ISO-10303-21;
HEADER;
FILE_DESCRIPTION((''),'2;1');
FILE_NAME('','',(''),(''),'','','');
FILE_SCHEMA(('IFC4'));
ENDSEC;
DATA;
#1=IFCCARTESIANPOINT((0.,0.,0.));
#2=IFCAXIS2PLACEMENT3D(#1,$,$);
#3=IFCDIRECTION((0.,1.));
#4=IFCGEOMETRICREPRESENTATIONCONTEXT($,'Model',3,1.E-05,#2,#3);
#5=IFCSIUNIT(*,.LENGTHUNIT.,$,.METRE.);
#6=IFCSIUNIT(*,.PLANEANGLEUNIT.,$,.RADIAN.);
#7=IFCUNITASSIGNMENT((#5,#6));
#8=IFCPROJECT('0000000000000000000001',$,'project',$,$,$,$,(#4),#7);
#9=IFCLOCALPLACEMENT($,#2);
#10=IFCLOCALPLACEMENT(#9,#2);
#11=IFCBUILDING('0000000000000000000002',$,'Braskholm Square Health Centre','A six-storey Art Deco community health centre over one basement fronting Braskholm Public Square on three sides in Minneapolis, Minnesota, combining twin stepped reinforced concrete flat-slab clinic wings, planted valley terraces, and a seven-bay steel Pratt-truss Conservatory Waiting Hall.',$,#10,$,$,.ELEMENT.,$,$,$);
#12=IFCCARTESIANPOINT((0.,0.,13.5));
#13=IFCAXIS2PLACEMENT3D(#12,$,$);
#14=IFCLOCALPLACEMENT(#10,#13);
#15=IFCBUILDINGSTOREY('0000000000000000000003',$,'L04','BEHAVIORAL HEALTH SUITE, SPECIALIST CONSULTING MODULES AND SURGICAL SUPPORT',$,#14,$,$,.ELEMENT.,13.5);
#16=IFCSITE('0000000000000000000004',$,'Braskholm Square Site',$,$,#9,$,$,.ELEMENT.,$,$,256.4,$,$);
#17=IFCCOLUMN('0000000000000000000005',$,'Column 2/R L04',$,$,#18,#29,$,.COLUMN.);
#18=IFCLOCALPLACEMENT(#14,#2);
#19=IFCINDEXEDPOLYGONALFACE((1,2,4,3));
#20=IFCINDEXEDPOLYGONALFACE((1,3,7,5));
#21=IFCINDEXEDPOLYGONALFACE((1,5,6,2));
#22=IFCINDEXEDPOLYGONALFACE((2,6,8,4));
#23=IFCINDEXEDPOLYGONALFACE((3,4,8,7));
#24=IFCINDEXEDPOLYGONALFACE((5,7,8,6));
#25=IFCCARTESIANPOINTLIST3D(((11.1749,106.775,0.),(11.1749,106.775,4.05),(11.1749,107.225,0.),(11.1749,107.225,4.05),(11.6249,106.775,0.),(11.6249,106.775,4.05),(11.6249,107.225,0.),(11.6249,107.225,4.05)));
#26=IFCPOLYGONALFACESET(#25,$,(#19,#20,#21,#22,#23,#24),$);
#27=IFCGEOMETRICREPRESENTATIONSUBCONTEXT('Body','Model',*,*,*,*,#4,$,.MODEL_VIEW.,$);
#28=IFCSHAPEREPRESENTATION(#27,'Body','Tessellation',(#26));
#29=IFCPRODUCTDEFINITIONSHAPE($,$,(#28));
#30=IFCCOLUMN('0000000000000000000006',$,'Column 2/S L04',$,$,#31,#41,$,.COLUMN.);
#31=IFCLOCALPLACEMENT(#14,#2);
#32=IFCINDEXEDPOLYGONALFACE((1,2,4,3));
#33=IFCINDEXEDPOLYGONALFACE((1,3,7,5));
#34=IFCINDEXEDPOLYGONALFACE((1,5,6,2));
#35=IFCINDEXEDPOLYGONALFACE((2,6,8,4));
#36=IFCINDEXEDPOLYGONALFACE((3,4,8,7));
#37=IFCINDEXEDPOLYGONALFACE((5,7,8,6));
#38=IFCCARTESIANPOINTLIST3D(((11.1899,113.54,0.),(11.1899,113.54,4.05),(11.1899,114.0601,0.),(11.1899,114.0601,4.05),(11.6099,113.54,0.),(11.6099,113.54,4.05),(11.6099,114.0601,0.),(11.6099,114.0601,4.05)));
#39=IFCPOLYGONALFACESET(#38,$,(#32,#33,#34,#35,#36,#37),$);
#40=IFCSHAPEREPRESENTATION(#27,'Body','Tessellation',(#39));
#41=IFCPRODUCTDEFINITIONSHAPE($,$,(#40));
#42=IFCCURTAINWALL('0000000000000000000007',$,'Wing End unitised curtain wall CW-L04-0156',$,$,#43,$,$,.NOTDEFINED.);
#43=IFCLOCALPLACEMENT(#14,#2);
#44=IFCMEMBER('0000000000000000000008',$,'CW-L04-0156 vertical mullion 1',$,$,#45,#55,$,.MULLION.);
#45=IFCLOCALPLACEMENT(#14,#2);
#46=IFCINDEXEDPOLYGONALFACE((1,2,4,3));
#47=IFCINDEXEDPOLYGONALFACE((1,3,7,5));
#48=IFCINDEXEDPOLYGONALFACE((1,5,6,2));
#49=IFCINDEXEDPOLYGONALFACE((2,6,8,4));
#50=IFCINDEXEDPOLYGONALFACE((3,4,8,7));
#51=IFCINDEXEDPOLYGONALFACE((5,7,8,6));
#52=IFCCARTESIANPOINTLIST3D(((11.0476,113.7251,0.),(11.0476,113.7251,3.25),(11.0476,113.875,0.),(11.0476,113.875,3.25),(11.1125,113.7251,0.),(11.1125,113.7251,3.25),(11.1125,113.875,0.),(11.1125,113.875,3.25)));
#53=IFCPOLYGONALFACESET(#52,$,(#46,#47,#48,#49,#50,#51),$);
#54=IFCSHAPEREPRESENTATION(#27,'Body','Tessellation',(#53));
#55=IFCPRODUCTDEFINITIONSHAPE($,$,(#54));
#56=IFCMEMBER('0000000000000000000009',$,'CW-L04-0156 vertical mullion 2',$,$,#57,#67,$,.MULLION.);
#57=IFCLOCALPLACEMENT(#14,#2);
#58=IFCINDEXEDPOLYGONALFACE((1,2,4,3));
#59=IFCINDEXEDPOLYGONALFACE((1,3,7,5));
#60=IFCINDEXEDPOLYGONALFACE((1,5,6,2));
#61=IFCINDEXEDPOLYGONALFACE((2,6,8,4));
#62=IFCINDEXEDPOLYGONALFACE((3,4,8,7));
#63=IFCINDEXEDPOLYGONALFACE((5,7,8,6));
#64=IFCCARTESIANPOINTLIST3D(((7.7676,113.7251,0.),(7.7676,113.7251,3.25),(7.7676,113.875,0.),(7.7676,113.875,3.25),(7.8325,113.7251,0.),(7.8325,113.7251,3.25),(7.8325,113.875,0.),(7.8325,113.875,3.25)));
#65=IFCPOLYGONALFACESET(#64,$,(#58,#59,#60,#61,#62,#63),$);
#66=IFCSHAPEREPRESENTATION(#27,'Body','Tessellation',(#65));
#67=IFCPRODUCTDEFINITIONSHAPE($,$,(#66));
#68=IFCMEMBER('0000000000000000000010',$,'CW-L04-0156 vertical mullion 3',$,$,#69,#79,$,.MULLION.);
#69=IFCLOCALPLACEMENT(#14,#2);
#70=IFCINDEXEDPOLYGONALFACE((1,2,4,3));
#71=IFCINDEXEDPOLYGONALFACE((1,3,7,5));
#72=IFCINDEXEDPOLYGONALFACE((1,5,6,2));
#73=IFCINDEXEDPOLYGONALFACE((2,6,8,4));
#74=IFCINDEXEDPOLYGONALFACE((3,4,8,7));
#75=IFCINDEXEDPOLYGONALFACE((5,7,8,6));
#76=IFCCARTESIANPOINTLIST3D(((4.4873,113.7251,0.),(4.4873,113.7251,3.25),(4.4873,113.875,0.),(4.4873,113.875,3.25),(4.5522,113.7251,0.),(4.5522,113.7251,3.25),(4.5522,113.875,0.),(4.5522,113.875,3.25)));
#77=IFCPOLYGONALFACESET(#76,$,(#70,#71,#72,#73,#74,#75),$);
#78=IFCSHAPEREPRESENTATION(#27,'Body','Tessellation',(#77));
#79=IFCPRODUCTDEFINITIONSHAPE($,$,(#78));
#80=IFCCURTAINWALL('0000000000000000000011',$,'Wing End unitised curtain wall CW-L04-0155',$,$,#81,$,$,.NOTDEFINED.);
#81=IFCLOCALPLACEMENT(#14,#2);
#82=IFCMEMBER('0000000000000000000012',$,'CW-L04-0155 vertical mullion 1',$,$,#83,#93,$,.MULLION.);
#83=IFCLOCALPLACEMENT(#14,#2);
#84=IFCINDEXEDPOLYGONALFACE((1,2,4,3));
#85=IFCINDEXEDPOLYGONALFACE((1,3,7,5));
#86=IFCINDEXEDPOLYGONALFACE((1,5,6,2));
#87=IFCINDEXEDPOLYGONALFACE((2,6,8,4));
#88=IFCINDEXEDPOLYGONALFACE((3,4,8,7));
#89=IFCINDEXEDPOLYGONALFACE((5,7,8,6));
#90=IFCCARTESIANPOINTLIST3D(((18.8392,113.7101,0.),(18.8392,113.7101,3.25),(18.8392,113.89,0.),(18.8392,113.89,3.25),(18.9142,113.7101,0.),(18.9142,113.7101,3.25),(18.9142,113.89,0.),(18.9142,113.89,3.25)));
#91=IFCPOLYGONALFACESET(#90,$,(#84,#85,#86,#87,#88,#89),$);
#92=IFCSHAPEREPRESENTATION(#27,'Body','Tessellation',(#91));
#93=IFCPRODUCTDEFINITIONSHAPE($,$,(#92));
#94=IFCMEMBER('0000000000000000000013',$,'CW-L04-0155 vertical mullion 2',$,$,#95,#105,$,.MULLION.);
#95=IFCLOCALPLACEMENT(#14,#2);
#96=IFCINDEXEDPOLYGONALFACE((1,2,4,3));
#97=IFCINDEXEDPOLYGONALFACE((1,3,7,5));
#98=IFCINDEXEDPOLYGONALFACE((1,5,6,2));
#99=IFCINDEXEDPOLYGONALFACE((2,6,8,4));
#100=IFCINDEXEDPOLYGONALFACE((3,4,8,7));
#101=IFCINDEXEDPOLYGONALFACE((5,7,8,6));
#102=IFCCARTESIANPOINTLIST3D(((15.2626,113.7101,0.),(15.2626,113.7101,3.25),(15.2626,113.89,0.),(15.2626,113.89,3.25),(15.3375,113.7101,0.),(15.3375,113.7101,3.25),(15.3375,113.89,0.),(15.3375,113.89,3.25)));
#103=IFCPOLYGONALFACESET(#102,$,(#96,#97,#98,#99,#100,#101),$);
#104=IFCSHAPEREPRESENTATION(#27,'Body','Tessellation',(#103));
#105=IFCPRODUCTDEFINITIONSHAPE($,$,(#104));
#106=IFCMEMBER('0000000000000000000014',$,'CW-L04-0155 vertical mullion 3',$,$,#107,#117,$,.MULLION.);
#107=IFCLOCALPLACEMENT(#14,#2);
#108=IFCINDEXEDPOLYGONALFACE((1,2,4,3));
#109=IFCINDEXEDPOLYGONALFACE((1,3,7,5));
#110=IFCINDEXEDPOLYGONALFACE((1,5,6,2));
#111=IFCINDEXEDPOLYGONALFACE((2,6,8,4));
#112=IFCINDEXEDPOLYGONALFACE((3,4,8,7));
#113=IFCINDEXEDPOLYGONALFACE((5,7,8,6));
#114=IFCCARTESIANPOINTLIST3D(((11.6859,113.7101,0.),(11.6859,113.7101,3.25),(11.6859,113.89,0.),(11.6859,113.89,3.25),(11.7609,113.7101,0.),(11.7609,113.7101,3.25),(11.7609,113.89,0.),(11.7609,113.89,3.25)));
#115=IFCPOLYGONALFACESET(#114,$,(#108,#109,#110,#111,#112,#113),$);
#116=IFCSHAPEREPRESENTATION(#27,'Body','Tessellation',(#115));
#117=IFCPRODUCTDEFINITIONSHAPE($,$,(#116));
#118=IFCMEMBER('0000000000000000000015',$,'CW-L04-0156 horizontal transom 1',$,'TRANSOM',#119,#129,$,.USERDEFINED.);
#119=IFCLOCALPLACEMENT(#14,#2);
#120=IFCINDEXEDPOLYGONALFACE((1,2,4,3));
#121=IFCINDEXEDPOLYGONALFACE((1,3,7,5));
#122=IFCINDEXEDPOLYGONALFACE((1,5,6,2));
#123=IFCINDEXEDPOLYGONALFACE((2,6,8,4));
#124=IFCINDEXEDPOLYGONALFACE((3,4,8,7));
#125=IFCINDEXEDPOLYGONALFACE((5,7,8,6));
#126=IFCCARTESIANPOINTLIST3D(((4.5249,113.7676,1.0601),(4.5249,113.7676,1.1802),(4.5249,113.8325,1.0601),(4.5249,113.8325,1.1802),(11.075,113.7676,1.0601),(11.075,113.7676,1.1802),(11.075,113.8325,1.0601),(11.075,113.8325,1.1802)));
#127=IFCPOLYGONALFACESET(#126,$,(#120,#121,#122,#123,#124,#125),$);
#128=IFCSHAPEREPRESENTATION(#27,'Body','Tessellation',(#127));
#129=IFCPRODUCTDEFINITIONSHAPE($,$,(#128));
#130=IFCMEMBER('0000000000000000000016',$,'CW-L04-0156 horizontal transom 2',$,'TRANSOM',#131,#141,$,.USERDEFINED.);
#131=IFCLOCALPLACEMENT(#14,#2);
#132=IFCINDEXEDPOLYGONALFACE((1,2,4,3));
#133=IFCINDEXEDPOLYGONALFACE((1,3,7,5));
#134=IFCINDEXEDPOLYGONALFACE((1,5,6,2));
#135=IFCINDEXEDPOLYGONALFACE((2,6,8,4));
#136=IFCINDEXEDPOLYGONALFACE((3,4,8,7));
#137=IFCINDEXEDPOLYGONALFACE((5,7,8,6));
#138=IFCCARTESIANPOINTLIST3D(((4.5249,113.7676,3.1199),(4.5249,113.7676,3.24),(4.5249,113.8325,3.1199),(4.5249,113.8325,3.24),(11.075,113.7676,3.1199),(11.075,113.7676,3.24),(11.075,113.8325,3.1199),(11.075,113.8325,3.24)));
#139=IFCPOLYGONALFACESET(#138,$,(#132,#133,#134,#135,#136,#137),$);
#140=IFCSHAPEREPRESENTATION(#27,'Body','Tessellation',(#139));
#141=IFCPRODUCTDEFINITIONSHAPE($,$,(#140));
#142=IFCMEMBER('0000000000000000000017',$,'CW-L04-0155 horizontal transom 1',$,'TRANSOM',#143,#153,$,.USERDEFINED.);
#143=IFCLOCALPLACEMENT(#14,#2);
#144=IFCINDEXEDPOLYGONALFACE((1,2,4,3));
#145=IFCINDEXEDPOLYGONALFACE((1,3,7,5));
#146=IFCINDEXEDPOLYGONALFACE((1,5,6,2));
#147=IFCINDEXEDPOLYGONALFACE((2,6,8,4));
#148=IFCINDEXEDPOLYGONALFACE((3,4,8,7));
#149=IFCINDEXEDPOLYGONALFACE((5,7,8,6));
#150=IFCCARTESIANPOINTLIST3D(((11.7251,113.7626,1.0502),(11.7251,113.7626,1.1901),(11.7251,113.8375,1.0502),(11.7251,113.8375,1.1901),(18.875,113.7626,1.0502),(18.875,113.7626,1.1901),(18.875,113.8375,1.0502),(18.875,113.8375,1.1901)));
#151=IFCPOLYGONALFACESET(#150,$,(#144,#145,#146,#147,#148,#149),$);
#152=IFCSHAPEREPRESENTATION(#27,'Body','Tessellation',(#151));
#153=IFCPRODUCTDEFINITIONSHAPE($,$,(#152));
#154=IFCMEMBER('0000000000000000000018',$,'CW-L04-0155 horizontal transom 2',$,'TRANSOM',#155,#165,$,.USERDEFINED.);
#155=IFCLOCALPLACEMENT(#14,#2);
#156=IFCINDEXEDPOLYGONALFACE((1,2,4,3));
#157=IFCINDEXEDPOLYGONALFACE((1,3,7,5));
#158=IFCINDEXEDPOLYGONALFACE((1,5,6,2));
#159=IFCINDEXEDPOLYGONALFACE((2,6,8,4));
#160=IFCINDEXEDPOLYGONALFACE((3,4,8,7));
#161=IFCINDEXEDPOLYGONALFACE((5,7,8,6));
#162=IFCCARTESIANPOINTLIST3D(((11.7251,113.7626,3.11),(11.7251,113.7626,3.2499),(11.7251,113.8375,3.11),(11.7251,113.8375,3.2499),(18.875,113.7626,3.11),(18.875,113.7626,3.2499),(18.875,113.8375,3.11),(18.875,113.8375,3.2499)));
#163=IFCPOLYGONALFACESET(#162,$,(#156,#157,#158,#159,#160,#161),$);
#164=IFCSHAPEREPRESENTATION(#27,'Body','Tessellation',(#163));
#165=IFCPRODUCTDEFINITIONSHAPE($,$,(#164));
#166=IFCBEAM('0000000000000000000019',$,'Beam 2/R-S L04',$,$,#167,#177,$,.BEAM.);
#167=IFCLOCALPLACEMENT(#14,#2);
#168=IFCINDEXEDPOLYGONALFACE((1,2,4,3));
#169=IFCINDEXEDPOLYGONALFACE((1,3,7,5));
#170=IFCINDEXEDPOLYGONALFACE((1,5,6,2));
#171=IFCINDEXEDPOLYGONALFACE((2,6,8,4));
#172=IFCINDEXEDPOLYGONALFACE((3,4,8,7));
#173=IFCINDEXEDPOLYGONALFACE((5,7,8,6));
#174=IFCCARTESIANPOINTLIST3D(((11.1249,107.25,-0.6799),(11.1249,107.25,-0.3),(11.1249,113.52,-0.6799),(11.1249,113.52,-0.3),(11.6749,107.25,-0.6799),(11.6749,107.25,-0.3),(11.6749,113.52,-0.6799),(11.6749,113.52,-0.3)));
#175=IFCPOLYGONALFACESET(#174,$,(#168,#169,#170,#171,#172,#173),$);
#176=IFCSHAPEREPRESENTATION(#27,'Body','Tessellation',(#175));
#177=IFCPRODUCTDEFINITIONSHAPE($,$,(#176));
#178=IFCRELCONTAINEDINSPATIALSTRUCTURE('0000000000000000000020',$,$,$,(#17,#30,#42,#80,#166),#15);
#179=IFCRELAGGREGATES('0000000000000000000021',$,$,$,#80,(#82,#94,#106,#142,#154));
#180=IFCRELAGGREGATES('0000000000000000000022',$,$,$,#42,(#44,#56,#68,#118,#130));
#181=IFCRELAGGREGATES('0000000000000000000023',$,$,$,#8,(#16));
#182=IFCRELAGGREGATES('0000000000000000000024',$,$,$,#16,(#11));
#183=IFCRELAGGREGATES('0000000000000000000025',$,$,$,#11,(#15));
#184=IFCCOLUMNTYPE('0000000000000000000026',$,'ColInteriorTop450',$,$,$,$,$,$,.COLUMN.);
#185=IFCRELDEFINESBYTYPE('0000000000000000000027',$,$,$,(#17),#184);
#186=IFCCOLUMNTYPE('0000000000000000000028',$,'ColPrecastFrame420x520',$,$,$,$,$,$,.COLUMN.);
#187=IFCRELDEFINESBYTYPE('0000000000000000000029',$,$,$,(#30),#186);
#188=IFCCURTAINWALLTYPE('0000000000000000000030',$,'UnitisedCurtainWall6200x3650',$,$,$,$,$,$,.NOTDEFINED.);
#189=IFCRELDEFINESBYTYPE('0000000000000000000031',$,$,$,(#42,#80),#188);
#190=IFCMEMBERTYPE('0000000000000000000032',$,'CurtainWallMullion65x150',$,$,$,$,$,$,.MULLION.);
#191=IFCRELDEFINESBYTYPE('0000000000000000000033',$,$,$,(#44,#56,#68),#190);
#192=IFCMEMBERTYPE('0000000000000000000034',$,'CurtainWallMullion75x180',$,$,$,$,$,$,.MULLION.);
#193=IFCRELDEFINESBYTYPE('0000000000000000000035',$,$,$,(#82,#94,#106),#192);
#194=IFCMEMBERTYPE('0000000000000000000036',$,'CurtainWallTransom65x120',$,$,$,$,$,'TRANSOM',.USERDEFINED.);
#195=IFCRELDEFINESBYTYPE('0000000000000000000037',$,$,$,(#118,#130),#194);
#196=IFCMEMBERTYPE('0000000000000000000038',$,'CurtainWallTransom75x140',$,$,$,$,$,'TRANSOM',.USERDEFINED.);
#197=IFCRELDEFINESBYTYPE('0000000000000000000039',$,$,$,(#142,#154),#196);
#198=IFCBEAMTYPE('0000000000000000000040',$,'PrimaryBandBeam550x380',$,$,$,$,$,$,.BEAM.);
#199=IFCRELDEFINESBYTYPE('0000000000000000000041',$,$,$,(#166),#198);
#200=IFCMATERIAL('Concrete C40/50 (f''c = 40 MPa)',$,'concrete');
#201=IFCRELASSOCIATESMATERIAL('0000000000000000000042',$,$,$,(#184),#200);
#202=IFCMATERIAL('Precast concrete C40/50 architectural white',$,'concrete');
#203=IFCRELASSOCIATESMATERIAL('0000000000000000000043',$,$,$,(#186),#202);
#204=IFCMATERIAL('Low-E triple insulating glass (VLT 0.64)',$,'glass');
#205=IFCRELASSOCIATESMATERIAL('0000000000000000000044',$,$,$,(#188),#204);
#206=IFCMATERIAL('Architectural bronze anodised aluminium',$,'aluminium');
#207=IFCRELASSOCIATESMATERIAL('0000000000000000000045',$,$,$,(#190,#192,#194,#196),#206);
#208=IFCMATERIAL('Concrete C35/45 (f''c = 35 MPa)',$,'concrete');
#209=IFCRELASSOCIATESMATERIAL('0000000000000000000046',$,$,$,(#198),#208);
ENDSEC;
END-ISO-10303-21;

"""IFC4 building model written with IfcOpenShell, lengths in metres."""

from ifc_helpers import new_model, si_unit, direction, frame, origin, origin_2d, place, context, subcontext, project, spatial, rectangle, extrude, material, material_profile, profile_set, type_object, element, aggregate, save


model = new_model("IFC4")

# Units and contexts
model_context = context("Model", 3, precision=1e-05, world=origin(), true_north=direction((0.0, 1.0)))
body_context = subcontext(model_context, "Body", "Model", "MODEL_VIEW")
ifc_project = project(units=[si_unit("LENGTHUNIT", "METRE"), si_unit("PLANEANGLEUNIT", "RADIAN")], contexts=[model_context])

# Site, building, storey
site_placement = place(None, origin())
site = spatial("IfcSite", under=ifc_project, at=site_placement, Name="Braskholm Square Site", CompositionType="ELEMENT", RefElevation=256.4)
building_placement = place(site_placement, origin())
building = spatial("IfcBuilding", under=site, at=building_placement, Name="Braskholm Square Health Centre", Description="A six-storey Art Deco community health centre over one basement fronting Braskholm Public Square on three sides in Minneapolis, Minnesota, combining twin stepped reinforced concrete flat-slab clinic wings, planted valley terraces, and a seven-bay steel Pratt-truss Conservatory Waiting Hall.", CompositionType="ELEMENT")
storey_placement = place(building_placement, frame((0.0, 0.0, 13.5)))
storey = spatial("IfcBuildingStorey", under=building, at=storey_placement, Name="L04", Description="BEHAVIORAL HEALTH SUITE, SPECIALIST CONSULTING MODULES AND SURGICAL SUPPORT", CompositionType="ELEMENT", Elevation=13.5)

# Columns
ifc_material_1 = material(Name="Concrete C40/50 (f'c = 40 MPa)", Category="concrete")
ifc_material_profile_1 = material_profile(ifc_material_1, rectangle(XDim=0.45, YDim=0.45, at=origin_2d()), Name="RC-450X450")
ifc_profile_set_1 = profile_set([ifc_material_profile_1], Name="Concrete C40/50 (f'c = 40 MPa)")
column_type_1 = type_object("IfcColumnType", Name="ColInteriorTop450", PredefinedType="COLUMN", material=ifc_profile_set_1)
column_1_placement = place(storey_placement, frame((11.3999, 107.0, 0.0), z_axis=(0.0, 0.0, 1.0), x_axis=(1.0, 0.0, 0.0)))
element("IfcColumn", 1, at=column_1_placement, inside=storey, type_object=column_type_1, Name="Column 2/R L04", PredefinedType="COLUMN", context=body_context, shape_type="SweptSolid", body=[
    extrude(rectangle(XDim=0.45, YDim=0.45, at=origin_2d()), origin(), (0.0, 0.0, 1.0), 4.05),
])
ifc_material_2 = material(Name="Precast concrete C40/50 architectural white", Category="concrete")
ifc_material_profile_2 = material_profile(ifc_material_2, rectangle(XDim=0.4199, YDim=0.52, at=origin_2d()), Name="RC-420X520")
ifc_profile_set_2 = profile_set([ifc_material_profile_2], Name="Precast concrete C40/50 architectural white")
column_type_2 = type_object("IfcColumnType", Name="ColPrecastFrame420x520", PredefinedType="COLUMN", material=ifc_profile_set_2)
column_2_placement = place(storey_placement, frame((11.3999, 113.8, 0.0), z_axis=(0.0, 0.0, 1.0), x_axis=(1.0, 0.0, 0.0)))
element("IfcColumn", 2, at=column_2_placement, inside=storey, type_object=column_type_2, Name="Column 2/S L04", PredefinedType="COLUMN", context=body_context, shape_type="SweptSolid", body=[
    extrude(rectangle(XDim=0.4199, YDim=0.52, at=origin_2d()), origin(), (0.0, 0.0, 1.0), 4.05),
])

# Curtain walls, members
ifc_material_3 = material(Name="Low-E triple insulating glass (VLT 0.64)", Category="glass")
curtain_wall_type = type_object("IfcCurtainWallType", Name="UnitisedCurtainWall6200x3650", PredefinedType="NOTDEFINED", material=ifc_material_3)
curtain_wall_1_placement = place(storey_placement, origin())
curtain_wall_1 = element("IfcCurtainWall", 3, at=curtain_wall_1_placement, inside=storey, type_object=curtain_wall_type, Name="Wing End unitised curtain wall CW-L04-0156", PredefinedType="NOTDEFINED")
ifc_material_4 = material(Name="Architectural bronze anodised aluminium", Category="aluminium")
ifc_material_profile_3 = material_profile(ifc_material_4, rectangle(XDim=0.0649, YDim=0.1499, at=origin_2d()), Name="ALU-65X150")
ifc_profile_set_3 = profile_set([ifc_material_profile_3], Name="Architectural bronze anodised aluminium")
member_type_1 = type_object("IfcMemberType", Name="CurtainWallMullion65x150", PredefinedType="MULLION", material=ifc_profile_set_3)
member_1_placement = place(storey_placement, frame((11.0801, 113.8, 0.0), z_axis=(0.0, 0.0, 1.0), x_axis=(1.0, 0.0, 0.0)))
member_1 = element("IfcMember", 4, at=member_1_placement, type_object=member_type_1, Name="CW-L04-0156 vertical mullion 1", PredefinedType="MULLION", context=body_context, shape_type="SweptSolid", body=[
    extrude(rectangle(XDim=0.0649, YDim=0.1499, at=origin_2d()), origin(), (0.0, 0.0, 1.0), 3.25),
])
member_2_placement = place(storey_placement, frame((7.8, 113.8, 0.0), z_axis=(0.0, 0.0, 1.0), x_axis=(1.0, 0.0, 0.0)))
member_2 = element("IfcMember", 5, at=member_2_placement, type_object=member_type_1, Name="CW-L04-0156 vertical mullion 2", PredefinedType="MULLION", context=body_context, shape_type="SweptSolid", body=[
    extrude(rectangle(XDim=0.0649, YDim=0.1499, at=origin_2d()), origin(), (0.0, 0.0, 1.0), 3.25),
])
member_3_placement = place(storey_placement, frame((4.5198, 113.8, 0.0), z_axis=(0.0, 0.0, 1.0), x_axis=(1.0, 0.0, 0.0)))
member_3 = element("IfcMember", 6, at=member_3_placement, type_object=member_type_1, Name="CW-L04-0156 vertical mullion 3", PredefinedType="MULLION", context=body_context, shape_type="SweptSolid", body=[
    extrude(rectangle(XDim=0.0649, YDim=0.1499, at=origin_2d()), origin(), (0.0, 0.0, 1.0), 3.25),
])
curtain_wall_2_placement = place(storey_placement, origin())
curtain_wall_2 = element("IfcCurtainWall", 7, at=curtain_wall_2_placement, inside=storey, type_object=curtain_wall_type, Name="Wing End unitised curtain wall CW-L04-0155", PredefinedType="NOTDEFINED")
ifc_material_profile_4 = material_profile(ifc_material_4, rectangle(XDim=0.075, YDim=0.1799, at=origin_2d()), Name="ALU-75X180")
ifc_profile_set_4 = profile_set([ifc_material_profile_4], Name="Architectural bronze anodised aluminium")
member_type_2 = type_object("IfcMemberType", Name="CurtainWallMullion75x180", PredefinedType="MULLION", material=ifc_profile_set_4)
member_4_placement = place(storey_placement, frame((18.8767, 113.8, 0.0), z_axis=(0.0, 0.0, 1.0), x_axis=(1.0, 0.0, 0.0)))
member_4 = element("IfcMember", 8, at=member_4_placement, type_object=member_type_2, Name="CW-L04-0155 vertical mullion 1", PredefinedType="MULLION", context=body_context, shape_type="SweptSolid", body=[
    extrude(rectangle(XDim=0.075, YDim=0.1799, at=origin_2d()), origin(), (0.0, 0.0, 1.0), 3.25),
])
member_5_placement = place(storey_placement, frame((15.3, 113.8, 0.0), z_axis=(0.0, 0.0, 1.0), x_axis=(1.0, 0.0, 0.0)))
member_5 = element("IfcMember", 9, at=member_5_placement, type_object=member_type_2, Name="CW-L04-0155 vertical mullion 2", PredefinedType="MULLION", context=body_context, shape_type="SweptSolid", body=[
    extrude(rectangle(XDim=0.075, YDim=0.1799, at=origin_2d()), origin(), (0.0, 0.0, 1.0), 3.25),
])
member_6_placement = place(storey_placement, frame((11.7234, 113.8, 0.0), z_axis=(0.0, 0.0, 1.0), x_axis=(1.0, 0.0, 0.0)))
member_6 = element("IfcMember", 10, at=member_6_placement, type_object=member_type_2, Name="CW-L04-0155 vertical mullion 3", PredefinedType="MULLION", context=body_context, shape_type="SweptSolid", body=[
    extrude(rectangle(XDim=0.075, YDim=0.1799, at=origin_2d()), origin(), (0.0, 0.0, 1.0), 3.25),
])

# Members
ifc_material_profile_5 = material_profile(ifc_material_4, rectangle(XDim=0.0649, YDim=0.1201, at=origin_2d()), Name="ALU-65X120")
ifc_profile_set_5 = profile_set([ifc_material_profile_5], Name="Architectural bronze anodised aluminium")
member_type_3 = type_object("IfcMemberType", Name="CurtainWallTransom65x120", ElementType="TRANSOM", PredefinedType="USERDEFINED", material=ifc_profile_set_5)
member_7_placement = place(storey_placement, frame((11.075, 113.8, 1.1201), z_axis=(-1.0, 0.0, 0.0), x_axis=(0.0, -1.0, 0.0)))
member_7 = element("IfcMember", 11, at=member_7_placement, type_object=member_type_3, Name="CW-L04-0156 horizontal transom 1", ObjectType="TRANSOM", PredefinedType="USERDEFINED", context=body_context, shape_type="SweptSolid", body=[
    extrude(rectangle(XDim=0.0649, YDim=0.1201, at=origin_2d()), origin(), (0.0, 0.0, 1.0), 6.55),
])
member_8_placement = place(storey_placement, frame((11.075, 113.8, 3.1799), z_axis=(-1.0, 0.0, 0.0), x_axis=(0.0, -1.0, 0.0)))
member_8 = element("IfcMember", 12, at=member_8_placement, type_object=member_type_3, Name="CW-L04-0156 horizontal transom 2", ObjectType="TRANSOM", PredefinedType="USERDEFINED", context=body_context, shape_type="SweptSolid", body=[
    extrude(rectangle(XDim=0.0649, YDim=0.1201, at=origin_2d()), origin(), (0.0, 0.0, 1.0), 6.55),
])
ifc_material_profile_6 = material_profile(ifc_material_4, rectangle(XDim=0.075, YDim=0.1399, at=origin_2d()), Name="ALU-75X140")
ifc_profile_set_6 = profile_set([ifc_material_profile_6], Name="Architectural bronze anodised aluminium")
member_type_4 = type_object("IfcMemberType", Name="CurtainWallTransom75x140", ElementType="TRANSOM", PredefinedType="USERDEFINED", material=ifc_profile_set_6)
member_9_placement = place(storey_placement, frame((18.875, 113.8, 1.1201), z_axis=(-1.0, 0.0, 0.0), x_axis=(0.0, -1.0, 0.0)))
member_9 = element("IfcMember", 13, at=member_9_placement, type_object=member_type_4, Name="CW-L04-0155 horizontal transom 1", ObjectType="TRANSOM", PredefinedType="USERDEFINED", context=body_context, shape_type="SweptSolid", body=[
    extrude(rectangle(XDim=0.075, YDim=0.1399, at=origin_2d()), origin(), (0.0, 0.0, 1.0), 7.1499),
])
member_10_placement = place(storey_placement, frame((18.875, 113.8, 3.1799), z_axis=(-1.0, 0.0, 0.0), x_axis=(0.0, -1.0, 0.0)))
member_10 = element("IfcMember", 14, at=member_10_placement, type_object=member_type_4, Name="CW-L04-0155 horizontal transom 2", ObjectType="TRANSOM", PredefinedType="USERDEFINED", context=body_context, shape_type="SweptSolid", body=[
    extrude(rectangle(XDim=0.075, YDim=0.1399, at=origin_2d()), origin(), (0.0, 0.0, 1.0), 7.1499),
])

# Beam
ifc_material_5 = material(Name="Concrete C35/45 (f'c = 35 MPa)", Category="concrete")
ifc_material_profile_7 = material_profile(ifc_material_5, rectangle(XDim=0.55, YDim=0.3799, at=origin_2d()), Name="RCB-550X380")
ifc_profile_set_7 = profile_set([ifc_material_profile_7], Name="Concrete C35/45 (f'c = 35 MPa)")
beam_type_1 = type_object("IfcBeamType", Name="PrimaryBandBeam550x380", PredefinedType="BEAM", material=ifc_profile_set_7)
beam_1_placement = place(storey_placement, frame((11.3999, 107.25, -0.49), z_axis=(0.0, 1.0, 0.0), x_axis=(-1.0, 0.0, 0.0)))
element("IfcBeam", 15, at=beam_1_placement, inside=storey, type_object=beam_type_1, Name="Beam 2/R-S L04", PredefinedType="BEAM", context=body_context, shape_type="SweptSolid", body=[
    extrude(rectangle(XDim=0.55, YDim=0.3799, at=origin_2d()), origin(), (0.0, 0.0, 1.0), 6.27),
])

aggregate(curtain_wall_2, [member_4, member_5, member_6, member_9, member_10])
aggregate(curtain_wall_1, [member_1, member_2, member_3, member_7, member_8])

save(model, "model.ifc")
